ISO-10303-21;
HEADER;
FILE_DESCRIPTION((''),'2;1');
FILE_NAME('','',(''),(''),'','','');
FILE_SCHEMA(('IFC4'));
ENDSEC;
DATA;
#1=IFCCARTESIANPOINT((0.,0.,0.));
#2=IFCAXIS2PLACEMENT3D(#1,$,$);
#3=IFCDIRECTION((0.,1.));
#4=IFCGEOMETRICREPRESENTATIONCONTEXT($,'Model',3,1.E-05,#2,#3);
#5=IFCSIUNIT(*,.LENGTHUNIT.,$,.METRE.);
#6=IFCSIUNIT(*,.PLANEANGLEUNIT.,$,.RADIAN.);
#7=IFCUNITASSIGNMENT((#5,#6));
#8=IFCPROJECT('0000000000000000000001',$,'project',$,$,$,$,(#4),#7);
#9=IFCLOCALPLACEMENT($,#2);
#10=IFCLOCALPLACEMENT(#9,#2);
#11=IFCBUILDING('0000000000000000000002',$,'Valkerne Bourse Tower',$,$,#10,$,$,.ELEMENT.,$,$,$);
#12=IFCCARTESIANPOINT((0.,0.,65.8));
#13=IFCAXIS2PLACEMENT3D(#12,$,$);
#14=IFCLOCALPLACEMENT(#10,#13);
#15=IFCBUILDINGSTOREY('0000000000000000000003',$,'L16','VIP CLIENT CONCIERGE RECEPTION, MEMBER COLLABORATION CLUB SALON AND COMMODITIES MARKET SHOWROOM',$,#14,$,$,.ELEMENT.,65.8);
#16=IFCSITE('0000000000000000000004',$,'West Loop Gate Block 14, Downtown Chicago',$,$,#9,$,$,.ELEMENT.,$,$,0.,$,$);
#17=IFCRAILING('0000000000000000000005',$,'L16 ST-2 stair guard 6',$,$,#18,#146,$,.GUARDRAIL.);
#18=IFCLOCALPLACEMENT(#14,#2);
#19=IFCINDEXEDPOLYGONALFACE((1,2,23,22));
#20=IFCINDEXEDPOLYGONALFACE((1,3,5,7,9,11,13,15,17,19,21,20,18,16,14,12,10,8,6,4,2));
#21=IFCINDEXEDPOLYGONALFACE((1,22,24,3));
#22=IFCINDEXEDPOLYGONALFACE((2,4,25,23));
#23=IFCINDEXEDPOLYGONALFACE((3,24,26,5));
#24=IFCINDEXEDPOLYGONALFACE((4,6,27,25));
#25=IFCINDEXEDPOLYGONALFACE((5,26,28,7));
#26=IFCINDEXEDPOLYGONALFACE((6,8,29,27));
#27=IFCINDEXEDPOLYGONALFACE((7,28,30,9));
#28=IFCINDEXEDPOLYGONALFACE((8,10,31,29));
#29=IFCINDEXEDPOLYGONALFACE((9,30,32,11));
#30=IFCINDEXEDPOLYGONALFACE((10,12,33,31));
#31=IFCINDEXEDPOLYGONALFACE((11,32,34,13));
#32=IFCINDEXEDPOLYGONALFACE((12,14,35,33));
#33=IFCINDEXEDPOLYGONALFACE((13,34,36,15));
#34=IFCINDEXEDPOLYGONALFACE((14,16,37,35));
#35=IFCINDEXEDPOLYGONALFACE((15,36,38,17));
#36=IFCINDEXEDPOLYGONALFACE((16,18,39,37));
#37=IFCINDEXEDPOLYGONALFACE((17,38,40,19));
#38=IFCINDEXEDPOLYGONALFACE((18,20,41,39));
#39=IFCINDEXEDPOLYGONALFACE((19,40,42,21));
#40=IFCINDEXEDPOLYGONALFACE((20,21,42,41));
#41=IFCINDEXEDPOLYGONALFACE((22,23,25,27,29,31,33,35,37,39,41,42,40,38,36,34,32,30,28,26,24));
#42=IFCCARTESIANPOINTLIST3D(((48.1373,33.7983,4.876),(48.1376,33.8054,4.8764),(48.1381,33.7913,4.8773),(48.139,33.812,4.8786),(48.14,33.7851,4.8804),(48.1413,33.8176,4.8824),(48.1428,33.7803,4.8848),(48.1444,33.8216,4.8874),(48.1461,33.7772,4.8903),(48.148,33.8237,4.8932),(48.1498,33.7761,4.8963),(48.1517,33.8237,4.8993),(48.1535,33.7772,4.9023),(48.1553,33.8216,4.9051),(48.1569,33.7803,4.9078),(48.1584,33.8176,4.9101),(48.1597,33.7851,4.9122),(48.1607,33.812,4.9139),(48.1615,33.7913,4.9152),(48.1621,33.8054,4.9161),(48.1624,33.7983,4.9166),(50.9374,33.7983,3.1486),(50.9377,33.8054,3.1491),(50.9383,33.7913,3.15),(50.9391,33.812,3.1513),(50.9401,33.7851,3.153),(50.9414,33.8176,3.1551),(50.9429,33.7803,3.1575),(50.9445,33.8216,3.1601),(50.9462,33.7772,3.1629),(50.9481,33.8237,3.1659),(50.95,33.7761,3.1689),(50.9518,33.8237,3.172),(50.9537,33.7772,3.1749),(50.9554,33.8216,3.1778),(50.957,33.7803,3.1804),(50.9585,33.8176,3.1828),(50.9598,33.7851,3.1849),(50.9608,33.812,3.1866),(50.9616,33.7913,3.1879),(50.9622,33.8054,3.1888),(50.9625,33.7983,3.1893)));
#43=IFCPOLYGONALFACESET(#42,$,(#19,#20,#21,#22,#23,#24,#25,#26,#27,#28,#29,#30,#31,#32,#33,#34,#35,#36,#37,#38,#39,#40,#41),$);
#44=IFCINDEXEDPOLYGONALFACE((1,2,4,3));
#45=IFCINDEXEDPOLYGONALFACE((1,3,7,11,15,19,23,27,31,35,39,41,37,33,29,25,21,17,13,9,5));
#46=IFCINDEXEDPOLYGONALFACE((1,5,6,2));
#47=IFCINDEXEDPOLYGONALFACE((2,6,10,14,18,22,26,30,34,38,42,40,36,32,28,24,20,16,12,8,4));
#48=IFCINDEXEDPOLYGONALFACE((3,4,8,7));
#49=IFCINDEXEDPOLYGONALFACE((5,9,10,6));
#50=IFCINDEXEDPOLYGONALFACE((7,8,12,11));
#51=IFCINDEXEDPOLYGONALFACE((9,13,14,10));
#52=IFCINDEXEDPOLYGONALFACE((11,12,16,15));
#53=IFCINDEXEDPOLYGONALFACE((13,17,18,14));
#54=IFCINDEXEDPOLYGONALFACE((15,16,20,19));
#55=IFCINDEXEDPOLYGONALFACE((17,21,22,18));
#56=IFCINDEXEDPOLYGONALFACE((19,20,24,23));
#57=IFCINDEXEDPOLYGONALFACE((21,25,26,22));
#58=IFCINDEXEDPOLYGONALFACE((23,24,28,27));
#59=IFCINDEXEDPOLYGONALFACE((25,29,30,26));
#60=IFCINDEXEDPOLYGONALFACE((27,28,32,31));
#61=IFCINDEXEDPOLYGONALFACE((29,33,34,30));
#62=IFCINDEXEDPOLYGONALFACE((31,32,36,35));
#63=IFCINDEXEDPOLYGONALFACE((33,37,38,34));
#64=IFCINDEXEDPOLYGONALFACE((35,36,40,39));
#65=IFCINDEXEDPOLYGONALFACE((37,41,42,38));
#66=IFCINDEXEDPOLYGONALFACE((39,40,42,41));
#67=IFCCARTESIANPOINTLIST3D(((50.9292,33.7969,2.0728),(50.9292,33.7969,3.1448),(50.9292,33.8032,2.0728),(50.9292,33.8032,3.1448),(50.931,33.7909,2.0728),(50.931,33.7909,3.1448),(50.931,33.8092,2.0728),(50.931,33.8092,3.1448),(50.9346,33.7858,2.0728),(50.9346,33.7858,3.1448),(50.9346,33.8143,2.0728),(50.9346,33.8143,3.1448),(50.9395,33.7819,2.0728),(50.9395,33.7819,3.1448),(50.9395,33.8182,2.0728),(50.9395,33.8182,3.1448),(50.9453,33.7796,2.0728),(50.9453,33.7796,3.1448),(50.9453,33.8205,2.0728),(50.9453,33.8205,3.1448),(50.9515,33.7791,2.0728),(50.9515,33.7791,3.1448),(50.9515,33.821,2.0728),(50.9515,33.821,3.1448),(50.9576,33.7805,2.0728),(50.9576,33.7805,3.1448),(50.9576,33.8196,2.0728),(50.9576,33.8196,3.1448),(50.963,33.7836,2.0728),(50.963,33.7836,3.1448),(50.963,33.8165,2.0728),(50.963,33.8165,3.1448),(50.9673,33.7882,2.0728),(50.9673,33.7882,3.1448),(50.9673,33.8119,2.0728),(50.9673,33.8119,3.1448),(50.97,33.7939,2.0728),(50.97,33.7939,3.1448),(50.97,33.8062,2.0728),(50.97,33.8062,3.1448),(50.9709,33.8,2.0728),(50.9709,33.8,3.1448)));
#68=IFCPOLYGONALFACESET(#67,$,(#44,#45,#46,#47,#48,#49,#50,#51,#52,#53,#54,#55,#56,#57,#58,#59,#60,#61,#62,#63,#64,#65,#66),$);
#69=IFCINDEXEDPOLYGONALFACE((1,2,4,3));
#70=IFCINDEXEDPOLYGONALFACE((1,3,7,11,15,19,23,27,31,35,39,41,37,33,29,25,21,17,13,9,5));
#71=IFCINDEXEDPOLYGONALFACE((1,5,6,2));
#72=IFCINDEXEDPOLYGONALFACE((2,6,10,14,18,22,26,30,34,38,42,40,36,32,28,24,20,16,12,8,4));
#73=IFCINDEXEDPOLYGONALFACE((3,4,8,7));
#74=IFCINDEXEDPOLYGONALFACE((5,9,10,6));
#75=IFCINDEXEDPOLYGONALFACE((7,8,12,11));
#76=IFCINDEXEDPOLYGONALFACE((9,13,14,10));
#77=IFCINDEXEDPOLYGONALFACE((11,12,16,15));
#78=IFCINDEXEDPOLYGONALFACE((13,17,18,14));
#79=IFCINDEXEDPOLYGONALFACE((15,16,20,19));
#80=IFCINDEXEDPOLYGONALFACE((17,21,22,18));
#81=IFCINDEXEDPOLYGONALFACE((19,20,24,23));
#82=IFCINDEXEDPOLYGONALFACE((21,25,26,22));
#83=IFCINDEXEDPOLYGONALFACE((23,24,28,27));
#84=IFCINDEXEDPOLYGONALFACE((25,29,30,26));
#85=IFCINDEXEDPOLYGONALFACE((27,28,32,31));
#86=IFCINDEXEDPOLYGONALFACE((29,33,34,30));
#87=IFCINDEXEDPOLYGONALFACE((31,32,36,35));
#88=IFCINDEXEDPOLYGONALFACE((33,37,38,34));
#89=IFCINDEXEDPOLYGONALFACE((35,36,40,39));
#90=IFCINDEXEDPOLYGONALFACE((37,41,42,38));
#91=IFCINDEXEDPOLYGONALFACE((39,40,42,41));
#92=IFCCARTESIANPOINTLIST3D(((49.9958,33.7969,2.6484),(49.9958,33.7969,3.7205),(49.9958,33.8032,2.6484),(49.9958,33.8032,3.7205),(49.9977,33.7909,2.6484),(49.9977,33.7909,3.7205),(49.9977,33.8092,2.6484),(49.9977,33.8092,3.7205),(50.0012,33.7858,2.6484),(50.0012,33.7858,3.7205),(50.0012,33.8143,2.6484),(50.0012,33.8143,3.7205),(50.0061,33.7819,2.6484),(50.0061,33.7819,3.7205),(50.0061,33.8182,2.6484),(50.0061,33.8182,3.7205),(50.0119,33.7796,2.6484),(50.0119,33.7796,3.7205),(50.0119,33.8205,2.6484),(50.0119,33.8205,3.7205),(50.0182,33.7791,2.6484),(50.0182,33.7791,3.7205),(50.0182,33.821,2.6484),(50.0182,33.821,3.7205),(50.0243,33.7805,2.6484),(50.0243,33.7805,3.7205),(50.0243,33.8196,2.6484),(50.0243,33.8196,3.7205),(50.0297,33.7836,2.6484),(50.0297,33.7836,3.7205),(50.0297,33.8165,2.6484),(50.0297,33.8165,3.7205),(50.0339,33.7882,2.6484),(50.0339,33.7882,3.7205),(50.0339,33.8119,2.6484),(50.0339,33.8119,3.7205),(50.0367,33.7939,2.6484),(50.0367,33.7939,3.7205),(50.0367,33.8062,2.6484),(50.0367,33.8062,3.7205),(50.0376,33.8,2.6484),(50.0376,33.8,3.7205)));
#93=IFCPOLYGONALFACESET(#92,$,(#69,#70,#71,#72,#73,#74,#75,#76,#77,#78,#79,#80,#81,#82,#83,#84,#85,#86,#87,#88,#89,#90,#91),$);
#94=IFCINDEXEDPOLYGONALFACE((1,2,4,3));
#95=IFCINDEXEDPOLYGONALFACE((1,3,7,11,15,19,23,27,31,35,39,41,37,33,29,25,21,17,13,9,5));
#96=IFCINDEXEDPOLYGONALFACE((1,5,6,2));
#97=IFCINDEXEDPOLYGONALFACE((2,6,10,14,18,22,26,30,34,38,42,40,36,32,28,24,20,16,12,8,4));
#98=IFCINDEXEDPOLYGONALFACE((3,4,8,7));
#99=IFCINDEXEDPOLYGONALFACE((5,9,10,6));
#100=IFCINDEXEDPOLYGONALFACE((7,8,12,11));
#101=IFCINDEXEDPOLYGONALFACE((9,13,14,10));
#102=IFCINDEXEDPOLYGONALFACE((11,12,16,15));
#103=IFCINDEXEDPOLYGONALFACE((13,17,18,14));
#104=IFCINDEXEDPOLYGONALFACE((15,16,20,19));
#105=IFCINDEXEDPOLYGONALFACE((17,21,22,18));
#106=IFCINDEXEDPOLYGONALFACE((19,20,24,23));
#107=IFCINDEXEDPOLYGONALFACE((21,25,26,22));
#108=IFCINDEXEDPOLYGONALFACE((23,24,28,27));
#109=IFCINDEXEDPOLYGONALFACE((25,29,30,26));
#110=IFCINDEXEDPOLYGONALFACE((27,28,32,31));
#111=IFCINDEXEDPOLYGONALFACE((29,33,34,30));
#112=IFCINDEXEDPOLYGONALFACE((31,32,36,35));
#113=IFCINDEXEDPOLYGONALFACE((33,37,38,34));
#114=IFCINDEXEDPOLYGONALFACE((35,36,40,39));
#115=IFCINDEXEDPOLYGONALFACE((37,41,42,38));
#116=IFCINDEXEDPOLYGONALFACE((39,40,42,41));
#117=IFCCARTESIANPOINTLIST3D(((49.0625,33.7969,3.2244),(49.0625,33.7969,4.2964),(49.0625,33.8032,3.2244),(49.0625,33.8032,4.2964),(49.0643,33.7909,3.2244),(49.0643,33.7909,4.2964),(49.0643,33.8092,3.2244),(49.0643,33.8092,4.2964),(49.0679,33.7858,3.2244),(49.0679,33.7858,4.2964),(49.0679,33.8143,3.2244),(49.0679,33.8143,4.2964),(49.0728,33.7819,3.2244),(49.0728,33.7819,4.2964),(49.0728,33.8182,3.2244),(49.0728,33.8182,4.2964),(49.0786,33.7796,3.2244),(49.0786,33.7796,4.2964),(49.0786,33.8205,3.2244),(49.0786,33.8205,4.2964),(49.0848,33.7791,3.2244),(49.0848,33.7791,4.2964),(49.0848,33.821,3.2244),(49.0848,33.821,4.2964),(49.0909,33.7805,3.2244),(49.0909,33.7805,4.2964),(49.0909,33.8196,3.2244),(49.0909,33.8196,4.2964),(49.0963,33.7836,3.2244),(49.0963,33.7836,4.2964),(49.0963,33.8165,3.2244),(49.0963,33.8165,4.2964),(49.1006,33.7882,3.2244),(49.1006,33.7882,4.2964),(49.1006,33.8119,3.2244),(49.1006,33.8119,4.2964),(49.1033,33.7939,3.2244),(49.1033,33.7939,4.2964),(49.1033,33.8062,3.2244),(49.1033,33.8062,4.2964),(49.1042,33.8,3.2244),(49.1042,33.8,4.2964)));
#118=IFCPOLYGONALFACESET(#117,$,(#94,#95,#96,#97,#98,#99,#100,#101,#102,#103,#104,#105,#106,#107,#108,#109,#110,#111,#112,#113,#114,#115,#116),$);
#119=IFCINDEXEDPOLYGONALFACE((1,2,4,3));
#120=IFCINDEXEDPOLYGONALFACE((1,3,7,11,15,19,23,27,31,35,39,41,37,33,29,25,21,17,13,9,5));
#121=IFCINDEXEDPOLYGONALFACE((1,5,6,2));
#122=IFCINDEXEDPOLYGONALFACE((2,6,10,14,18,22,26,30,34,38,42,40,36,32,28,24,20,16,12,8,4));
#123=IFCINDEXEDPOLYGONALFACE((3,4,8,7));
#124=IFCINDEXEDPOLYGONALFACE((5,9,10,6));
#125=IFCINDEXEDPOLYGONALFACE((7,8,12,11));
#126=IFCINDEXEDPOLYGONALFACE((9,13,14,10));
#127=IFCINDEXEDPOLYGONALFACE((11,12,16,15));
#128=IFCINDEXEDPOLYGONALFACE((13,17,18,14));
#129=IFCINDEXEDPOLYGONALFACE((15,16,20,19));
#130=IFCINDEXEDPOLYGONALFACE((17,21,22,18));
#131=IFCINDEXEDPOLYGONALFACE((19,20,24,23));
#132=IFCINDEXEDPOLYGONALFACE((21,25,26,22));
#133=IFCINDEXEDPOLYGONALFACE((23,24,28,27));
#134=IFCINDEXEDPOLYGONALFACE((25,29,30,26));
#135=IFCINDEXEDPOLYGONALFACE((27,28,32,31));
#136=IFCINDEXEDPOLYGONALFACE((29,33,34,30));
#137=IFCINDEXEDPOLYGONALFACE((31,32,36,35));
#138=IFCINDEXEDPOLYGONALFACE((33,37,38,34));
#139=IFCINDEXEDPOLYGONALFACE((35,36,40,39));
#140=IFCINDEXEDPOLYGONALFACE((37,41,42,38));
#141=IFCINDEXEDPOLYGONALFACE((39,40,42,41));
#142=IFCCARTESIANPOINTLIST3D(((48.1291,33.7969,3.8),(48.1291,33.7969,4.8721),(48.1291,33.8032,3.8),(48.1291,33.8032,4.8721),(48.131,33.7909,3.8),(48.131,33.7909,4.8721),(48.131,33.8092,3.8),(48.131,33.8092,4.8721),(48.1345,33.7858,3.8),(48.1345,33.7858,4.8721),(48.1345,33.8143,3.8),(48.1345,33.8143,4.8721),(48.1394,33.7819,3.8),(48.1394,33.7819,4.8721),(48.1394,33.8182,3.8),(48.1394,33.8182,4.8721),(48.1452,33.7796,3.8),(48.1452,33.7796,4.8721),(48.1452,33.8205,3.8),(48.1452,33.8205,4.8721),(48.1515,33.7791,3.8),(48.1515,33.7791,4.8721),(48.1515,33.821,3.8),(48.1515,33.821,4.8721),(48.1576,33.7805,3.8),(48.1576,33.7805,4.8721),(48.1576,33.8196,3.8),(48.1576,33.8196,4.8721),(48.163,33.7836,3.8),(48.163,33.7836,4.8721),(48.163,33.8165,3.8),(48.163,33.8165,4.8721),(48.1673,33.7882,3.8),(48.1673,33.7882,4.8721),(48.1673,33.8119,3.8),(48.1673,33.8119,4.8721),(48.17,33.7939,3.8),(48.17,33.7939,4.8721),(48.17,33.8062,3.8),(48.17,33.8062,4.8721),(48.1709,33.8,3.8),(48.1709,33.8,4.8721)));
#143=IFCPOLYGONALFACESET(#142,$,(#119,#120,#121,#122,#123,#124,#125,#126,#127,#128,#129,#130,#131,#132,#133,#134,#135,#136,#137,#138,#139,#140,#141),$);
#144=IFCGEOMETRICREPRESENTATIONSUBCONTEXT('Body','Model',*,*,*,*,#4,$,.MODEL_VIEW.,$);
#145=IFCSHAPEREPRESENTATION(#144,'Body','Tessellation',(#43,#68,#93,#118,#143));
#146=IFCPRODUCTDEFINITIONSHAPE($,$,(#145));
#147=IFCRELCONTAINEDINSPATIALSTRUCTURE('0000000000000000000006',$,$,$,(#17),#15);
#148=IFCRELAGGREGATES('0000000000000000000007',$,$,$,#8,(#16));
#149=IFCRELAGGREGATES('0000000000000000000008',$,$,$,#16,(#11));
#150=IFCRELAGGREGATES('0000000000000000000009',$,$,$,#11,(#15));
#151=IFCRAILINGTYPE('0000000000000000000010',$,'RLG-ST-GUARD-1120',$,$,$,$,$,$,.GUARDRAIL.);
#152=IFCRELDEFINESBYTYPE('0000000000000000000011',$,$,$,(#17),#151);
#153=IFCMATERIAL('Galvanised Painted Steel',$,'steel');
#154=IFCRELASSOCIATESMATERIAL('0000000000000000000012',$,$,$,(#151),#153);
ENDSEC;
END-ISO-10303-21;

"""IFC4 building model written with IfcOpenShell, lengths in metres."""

from ifc_helpers import new_model, si_unit, direction, frame, origin, origin_2d, place, context, subcontext, project, spatial, circle, extrude, material, type_object, element, save


model = new_model("IFC4")

# Units and contexts
model_context = context("Model", 3, precision=1e-05, world=origin(), true_north=direction((0.0, 1.0)))
body_context = subcontext(model_context, "Body", "Model", "MODEL_VIEW")
ifc_project = project(units=[si_unit("LENGTHUNIT", "METRE"), si_unit("PLANEANGLEUNIT", "RADIAN")], contexts=[model_context])

# Site, building, storey
site_placement = place(None, origin())
site = spatial("IfcSite", under=ifc_project, at=site_placement, Name="West Loop Gate Block 14, Downtown Chicago", CompositionType="ELEMENT", RefElevation=0.0)
building_placement = place(site_placement, origin())
building = spatial("IfcBuilding", under=site, at=building_placement, Name="Valkerne Bourse Tower", CompositionType="ELEMENT")
storey_placement = place(building_placement, frame((0.0, 0.0, 65.8)))
storey = spatial("IfcBuildingStorey", under=building, at=storey_placement, Name="L16", Description="VIP CLIENT CONCIERGE RECEPTION, MEMBER COLLABORATION CLUB SALON AND COMMODITIES MARKET SHOWROOM", CompositionType="ELEMENT", Elevation=65.8)

# Railing
ifc_material_1 = material(Name="Galvanised Painted Steel", Category="steel")
railing_type_1 = type_object("IfcRailingType", Name="RLG-ST-GUARD-1120", PredefinedType="GUARDRAIL", material=ifc_material_1)
railing_1_placement = place(storey_placement, frame((50.95, 33.8, 2.0728)))
element("IfcRailing", 1, at=railing_1_placement, inside=storey, type_object=railing_type_1, Name="L16 ST-2 stair guard 6", PredefinedType="GUARDRAIL", context=body_context, shape_type="SweptSolid", body=[
    extrude(circle(Radius=0.0239, at=origin_2d()), frame((0.0, 0.0, 1.0962), z_axis=(-0.85109, 0.0, 0.52502), x_axis=(0.0, -1.0, 0.0)), (0.0, 0.0, 1.0), 3.29),
    extrude(circle(Radius=0.021, at=origin_2d()), origin(), (0.0, 0.0, 1.0), 1.072),
    extrude(circle(Radius=0.021, at=origin_2d()), frame((-0.9333, 0.0, 0.5757)), (0.0, 0.0, 1.0), 1.072),
    extrude(circle(Radius=0.021, at=origin_2d()), frame((-1.8667, 0.0, 1.1516)), (0.0, 0.0, 1.0), 1.072),
    extrude(circle(Radius=0.021, at=origin_2d()), frame((-2.8, 0.0, 1.7273)), (0.0, 0.0, 1.0), 1.072),
])

save(model, "model.ifc")
